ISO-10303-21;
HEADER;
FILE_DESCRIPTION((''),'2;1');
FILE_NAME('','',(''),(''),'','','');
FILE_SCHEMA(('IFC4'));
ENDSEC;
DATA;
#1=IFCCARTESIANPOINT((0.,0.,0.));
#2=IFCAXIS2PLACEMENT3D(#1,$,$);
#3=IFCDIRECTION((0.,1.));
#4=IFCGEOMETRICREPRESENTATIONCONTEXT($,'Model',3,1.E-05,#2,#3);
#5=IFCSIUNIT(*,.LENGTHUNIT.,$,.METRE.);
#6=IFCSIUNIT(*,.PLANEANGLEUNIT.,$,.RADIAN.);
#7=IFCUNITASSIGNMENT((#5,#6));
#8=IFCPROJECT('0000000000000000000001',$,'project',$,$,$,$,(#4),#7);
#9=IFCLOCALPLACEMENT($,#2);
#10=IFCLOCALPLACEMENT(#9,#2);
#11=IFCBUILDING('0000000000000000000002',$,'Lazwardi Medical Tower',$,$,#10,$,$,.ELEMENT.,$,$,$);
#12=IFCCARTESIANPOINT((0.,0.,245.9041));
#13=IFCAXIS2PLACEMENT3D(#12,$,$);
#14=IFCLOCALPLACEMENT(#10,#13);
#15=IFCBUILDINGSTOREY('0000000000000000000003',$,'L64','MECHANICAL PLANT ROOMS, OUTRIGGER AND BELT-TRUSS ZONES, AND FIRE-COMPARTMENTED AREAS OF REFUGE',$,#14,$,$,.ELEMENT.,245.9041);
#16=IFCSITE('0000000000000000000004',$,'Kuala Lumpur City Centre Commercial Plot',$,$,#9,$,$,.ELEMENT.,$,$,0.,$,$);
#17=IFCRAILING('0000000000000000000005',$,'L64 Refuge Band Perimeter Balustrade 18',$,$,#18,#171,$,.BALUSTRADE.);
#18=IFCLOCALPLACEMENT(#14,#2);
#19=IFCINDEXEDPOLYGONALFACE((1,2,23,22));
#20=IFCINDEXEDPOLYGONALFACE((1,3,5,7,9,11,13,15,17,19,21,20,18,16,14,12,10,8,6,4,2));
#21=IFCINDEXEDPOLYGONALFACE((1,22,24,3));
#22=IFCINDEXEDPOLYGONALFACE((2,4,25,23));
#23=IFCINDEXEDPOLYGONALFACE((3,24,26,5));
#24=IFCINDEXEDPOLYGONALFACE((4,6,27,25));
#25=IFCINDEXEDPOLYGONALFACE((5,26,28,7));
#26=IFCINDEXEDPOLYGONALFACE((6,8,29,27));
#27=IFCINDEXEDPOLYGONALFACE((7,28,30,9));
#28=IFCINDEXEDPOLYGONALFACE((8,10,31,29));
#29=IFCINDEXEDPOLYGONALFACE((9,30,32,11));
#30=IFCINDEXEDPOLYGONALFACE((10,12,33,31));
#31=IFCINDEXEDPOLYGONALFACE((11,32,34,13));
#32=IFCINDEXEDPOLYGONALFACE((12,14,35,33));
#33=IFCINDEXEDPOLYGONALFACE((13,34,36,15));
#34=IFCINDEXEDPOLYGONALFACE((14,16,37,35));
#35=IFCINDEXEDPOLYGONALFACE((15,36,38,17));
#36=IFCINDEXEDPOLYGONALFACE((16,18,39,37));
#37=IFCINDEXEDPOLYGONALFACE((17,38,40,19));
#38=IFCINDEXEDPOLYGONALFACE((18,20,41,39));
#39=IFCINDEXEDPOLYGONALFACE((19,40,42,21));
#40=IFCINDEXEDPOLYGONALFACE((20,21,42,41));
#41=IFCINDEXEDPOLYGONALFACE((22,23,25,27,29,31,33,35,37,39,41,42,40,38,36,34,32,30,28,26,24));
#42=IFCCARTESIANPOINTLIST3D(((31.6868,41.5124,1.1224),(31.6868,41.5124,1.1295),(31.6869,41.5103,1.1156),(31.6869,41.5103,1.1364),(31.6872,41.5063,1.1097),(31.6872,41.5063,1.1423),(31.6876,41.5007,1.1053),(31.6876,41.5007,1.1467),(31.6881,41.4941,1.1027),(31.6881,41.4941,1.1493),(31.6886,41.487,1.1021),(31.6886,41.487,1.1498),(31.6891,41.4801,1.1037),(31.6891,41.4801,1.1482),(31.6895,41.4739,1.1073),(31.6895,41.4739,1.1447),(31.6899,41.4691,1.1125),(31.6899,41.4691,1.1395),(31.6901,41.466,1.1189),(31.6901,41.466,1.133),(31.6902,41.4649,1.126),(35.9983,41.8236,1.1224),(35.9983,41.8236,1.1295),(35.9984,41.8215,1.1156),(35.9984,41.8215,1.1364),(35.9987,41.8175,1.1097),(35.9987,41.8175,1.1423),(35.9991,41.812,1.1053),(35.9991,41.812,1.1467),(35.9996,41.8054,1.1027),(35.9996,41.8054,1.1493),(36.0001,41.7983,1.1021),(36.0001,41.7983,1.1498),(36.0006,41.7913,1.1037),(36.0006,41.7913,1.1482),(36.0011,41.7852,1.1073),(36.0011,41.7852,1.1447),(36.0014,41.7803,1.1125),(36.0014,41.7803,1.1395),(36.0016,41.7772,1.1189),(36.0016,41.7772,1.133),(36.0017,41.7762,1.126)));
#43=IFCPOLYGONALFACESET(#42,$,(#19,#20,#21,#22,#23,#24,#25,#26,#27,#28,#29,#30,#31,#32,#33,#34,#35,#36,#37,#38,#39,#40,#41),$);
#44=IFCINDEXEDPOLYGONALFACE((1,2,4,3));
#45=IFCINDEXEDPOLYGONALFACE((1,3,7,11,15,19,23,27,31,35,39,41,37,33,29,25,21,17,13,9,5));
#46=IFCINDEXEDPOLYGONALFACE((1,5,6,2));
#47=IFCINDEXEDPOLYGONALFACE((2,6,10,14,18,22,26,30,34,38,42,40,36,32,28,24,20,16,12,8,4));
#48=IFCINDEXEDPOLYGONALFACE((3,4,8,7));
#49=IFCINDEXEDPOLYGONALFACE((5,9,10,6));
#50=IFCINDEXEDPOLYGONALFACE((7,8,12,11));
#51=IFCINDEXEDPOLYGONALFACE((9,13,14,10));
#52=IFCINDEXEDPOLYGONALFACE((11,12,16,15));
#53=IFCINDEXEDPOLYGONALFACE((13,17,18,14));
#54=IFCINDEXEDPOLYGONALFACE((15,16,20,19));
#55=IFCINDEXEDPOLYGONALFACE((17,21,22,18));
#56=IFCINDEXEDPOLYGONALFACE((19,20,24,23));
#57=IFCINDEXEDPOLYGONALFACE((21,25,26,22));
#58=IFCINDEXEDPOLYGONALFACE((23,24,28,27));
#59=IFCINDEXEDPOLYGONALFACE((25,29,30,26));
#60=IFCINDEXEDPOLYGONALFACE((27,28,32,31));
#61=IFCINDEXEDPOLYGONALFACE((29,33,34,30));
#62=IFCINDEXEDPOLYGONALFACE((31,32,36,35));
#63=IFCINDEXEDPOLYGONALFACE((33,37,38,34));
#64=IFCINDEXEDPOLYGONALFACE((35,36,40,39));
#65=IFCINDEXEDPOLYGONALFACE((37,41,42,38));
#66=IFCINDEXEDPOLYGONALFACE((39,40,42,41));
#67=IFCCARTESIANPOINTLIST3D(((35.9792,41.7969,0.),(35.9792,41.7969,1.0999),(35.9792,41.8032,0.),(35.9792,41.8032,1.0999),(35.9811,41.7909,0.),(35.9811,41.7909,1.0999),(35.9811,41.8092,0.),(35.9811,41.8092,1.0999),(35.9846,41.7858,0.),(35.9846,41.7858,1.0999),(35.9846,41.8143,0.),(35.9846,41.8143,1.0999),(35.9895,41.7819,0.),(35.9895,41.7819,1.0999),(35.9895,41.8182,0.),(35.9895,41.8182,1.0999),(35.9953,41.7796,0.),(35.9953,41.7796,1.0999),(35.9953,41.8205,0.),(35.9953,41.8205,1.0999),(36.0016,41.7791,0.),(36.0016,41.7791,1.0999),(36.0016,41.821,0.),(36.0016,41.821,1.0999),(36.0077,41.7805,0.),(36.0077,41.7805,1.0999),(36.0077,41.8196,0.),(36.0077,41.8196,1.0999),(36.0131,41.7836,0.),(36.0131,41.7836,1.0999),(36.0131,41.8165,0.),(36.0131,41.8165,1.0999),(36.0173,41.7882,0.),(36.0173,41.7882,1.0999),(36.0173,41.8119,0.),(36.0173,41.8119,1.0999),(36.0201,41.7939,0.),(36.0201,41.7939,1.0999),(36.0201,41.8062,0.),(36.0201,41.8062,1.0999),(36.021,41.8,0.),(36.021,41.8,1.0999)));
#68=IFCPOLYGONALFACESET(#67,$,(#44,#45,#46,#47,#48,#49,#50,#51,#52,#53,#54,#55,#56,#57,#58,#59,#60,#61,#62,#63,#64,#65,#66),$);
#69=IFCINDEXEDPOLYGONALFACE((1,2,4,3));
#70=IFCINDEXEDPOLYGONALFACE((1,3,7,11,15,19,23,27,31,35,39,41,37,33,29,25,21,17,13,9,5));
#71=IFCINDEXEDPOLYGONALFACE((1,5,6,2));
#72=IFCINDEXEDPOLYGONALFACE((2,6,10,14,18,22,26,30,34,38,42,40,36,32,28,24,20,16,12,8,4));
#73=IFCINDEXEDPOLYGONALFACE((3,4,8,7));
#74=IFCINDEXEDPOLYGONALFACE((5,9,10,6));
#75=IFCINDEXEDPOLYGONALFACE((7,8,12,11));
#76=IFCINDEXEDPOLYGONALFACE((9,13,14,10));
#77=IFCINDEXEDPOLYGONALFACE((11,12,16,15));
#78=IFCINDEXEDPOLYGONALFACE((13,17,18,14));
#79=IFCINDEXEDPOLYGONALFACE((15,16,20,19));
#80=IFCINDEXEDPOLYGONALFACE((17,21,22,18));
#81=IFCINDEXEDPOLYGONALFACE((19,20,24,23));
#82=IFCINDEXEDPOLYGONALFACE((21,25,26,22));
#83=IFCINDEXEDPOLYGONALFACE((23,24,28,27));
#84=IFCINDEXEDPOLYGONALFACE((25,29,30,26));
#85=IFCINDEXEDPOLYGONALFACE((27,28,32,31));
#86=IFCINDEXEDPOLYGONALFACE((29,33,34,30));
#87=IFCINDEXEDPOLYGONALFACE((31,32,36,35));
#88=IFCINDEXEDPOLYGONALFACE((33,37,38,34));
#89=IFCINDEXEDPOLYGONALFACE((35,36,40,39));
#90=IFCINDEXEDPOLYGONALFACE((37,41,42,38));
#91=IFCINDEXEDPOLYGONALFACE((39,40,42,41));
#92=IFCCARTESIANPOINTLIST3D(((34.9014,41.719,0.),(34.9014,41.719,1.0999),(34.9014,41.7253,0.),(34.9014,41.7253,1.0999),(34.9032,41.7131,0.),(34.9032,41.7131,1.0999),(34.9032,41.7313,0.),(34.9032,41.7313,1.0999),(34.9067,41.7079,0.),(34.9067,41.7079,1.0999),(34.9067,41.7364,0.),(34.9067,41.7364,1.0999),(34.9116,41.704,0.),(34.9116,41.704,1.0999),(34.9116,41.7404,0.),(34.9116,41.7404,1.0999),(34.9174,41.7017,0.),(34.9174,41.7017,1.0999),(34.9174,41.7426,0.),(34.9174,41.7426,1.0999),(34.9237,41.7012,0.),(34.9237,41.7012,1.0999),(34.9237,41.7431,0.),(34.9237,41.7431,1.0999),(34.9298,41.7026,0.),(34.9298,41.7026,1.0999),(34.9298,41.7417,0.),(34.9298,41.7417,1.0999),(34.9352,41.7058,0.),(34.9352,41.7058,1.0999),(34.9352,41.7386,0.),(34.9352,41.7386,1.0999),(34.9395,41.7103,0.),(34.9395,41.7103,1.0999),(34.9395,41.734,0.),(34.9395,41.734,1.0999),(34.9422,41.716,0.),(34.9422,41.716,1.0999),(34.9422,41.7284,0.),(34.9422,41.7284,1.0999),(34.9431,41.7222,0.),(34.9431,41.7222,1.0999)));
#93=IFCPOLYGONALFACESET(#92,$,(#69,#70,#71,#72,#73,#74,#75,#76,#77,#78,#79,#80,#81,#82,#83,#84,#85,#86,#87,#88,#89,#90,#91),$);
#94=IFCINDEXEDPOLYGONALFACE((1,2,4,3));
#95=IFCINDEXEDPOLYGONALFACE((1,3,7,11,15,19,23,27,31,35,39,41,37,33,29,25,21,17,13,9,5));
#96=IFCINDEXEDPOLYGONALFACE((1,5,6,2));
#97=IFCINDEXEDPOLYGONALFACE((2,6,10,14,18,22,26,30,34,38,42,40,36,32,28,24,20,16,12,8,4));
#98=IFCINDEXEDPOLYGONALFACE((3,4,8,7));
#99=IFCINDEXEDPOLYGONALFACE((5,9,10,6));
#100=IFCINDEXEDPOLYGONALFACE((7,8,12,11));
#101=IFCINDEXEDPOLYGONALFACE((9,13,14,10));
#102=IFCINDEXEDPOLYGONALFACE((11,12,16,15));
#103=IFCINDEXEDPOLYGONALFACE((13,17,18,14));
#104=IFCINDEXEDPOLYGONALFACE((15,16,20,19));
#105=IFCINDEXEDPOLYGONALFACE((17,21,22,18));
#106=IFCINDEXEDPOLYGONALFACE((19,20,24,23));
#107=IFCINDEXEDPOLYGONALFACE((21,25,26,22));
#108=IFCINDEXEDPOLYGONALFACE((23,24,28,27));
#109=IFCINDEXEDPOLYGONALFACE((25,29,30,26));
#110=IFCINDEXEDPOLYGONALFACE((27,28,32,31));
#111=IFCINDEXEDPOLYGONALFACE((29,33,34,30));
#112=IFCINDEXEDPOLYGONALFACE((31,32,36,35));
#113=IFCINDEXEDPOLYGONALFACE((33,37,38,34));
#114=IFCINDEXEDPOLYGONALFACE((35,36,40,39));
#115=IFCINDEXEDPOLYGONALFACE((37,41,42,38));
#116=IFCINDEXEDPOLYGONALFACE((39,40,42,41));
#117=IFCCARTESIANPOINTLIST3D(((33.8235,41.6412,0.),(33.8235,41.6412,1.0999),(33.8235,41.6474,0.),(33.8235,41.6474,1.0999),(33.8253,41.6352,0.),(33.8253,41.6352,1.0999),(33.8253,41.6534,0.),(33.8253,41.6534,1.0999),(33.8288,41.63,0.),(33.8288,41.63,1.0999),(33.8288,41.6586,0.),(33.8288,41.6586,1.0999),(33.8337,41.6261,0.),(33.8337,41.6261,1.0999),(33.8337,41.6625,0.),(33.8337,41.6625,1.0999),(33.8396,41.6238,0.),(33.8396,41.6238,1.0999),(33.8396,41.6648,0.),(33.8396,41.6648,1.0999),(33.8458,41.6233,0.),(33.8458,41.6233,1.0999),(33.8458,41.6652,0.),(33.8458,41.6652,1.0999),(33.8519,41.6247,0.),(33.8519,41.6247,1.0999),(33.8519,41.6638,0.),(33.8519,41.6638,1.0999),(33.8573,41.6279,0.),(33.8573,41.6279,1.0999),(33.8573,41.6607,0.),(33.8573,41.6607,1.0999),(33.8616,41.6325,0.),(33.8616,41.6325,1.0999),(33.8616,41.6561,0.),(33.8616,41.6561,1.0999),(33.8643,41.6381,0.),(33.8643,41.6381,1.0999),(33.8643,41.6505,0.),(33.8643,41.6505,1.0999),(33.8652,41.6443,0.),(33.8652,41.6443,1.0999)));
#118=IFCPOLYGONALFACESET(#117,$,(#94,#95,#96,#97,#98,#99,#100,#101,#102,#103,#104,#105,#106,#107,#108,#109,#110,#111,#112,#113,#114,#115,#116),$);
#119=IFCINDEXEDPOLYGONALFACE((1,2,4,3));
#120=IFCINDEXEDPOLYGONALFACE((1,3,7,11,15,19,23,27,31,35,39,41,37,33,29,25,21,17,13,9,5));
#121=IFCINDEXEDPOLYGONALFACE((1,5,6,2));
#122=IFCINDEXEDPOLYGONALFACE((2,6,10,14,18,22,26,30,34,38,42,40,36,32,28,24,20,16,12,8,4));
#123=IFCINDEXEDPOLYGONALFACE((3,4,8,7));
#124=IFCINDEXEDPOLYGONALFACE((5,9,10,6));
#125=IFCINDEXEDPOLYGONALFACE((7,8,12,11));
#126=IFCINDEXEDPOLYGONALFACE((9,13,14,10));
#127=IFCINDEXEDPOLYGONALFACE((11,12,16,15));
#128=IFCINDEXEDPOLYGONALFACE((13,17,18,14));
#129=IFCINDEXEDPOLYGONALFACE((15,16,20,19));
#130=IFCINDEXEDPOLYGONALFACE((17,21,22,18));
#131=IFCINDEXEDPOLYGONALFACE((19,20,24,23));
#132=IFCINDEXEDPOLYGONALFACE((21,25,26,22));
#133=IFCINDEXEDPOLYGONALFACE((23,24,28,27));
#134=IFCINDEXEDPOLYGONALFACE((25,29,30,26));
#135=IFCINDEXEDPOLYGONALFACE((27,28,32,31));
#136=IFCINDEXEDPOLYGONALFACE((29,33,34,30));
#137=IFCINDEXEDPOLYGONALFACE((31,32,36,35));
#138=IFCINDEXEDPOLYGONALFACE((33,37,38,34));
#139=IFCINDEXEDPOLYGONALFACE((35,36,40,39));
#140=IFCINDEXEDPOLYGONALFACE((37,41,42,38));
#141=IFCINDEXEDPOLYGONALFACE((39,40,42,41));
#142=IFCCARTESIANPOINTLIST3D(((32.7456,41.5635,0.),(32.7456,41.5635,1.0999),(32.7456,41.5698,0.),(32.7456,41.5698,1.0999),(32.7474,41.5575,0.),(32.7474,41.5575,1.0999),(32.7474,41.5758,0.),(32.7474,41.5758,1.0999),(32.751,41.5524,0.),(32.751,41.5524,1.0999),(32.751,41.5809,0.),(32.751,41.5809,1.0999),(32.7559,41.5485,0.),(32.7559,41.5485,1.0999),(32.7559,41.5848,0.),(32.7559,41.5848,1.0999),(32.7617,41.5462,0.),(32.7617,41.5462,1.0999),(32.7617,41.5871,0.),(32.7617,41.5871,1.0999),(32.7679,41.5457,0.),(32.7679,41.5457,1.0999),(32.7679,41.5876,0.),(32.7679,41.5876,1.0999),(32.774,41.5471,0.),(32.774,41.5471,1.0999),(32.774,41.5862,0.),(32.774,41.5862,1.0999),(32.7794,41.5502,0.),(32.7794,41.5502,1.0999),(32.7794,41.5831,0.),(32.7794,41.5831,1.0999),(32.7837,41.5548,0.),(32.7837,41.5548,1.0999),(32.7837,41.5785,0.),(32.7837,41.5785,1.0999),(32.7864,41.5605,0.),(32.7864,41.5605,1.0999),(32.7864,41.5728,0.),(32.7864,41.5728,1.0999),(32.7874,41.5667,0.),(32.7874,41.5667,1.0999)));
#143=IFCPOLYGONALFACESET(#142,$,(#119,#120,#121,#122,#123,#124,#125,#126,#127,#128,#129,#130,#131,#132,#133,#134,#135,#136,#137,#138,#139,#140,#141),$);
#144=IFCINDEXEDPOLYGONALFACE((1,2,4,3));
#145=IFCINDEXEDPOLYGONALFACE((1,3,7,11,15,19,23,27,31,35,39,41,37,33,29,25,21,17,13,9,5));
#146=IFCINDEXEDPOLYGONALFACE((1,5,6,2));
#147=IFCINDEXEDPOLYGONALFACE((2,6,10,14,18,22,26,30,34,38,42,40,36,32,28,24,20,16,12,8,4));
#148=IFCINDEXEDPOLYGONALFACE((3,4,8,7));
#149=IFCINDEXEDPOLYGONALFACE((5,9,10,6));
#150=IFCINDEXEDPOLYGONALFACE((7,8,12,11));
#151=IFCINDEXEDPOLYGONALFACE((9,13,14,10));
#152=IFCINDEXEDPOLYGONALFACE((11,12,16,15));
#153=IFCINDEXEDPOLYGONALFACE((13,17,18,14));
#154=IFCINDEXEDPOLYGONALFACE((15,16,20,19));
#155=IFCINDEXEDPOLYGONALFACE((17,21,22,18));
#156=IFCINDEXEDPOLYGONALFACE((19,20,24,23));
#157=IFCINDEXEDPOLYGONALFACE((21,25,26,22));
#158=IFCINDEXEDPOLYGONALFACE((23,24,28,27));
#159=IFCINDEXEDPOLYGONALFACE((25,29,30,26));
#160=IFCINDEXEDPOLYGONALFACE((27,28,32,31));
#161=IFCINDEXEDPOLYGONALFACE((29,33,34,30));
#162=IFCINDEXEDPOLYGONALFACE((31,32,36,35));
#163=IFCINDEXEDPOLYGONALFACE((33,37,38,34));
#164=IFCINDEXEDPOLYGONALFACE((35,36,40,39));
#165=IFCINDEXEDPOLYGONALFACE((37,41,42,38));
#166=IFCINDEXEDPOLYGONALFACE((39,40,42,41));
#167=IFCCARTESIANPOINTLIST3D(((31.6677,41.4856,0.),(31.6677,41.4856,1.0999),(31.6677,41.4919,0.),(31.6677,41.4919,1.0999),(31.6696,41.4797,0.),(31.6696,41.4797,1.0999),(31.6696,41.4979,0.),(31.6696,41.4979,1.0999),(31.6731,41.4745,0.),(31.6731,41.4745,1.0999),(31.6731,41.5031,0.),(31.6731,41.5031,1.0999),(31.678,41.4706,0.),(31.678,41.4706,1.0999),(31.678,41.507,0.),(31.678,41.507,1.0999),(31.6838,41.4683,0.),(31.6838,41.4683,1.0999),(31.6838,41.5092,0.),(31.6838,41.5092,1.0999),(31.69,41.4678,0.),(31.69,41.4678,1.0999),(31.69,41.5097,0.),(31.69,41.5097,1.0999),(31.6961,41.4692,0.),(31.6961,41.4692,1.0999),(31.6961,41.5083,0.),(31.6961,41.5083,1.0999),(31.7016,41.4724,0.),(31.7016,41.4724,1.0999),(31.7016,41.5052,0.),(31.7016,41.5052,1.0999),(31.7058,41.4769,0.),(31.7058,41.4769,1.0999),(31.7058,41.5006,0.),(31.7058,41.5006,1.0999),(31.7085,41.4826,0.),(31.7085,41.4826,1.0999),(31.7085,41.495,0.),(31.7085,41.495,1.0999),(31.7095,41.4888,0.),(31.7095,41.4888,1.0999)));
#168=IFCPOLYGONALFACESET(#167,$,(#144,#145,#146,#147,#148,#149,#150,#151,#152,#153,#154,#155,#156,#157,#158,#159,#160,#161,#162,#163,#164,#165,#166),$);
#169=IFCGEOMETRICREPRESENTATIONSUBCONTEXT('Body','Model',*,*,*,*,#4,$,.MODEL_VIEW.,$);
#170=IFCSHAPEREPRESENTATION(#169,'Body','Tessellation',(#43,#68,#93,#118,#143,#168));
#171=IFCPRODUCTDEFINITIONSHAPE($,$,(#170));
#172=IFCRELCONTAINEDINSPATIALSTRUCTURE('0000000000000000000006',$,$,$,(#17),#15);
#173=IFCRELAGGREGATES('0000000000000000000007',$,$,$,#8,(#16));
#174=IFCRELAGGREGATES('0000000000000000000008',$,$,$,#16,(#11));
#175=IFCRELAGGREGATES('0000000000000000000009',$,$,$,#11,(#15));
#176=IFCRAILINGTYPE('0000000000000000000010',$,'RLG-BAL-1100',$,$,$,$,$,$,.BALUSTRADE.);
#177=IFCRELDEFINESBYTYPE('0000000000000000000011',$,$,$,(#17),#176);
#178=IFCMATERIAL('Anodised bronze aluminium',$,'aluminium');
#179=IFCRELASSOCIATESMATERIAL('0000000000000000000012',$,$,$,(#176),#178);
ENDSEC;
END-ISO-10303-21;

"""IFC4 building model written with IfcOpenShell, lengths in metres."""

from ifc_helpers import new_model, si_unit, direction, frame, origin, origin_2d, place, context, subcontext, project, spatial, circle, extrude, material, type_object, element, save


model = new_model("IFC4")

# Units and contexts
model_context = context("Model", 3, precision=1e-05, world=origin(), true_north=direction((0.0, 1.0)))
body_context = subcontext(model_context, "Body", "Model", "MODEL_VIEW")
ifc_project = project(units=[si_unit("LENGTHUNIT", "METRE"), si_unit("PLANEANGLEUNIT", "RADIAN")], contexts=[model_context])

# Site, building, storey
site_placement = place(None, origin())
site = spatial("IfcSite", under=ifc_project, at=site_placement, Name="Kuala Lumpur City Centre Commercial Plot", CompositionType="ELEMENT", RefElevation=0.0)
building_placement = place(site_placement, origin())
building = spatial("IfcBuilding", under=site, at=building_placement, Name="Lazwardi Medical Tower", CompositionType="ELEMENT")
storey_placement = place(building_placement, frame((0.0, 0.0, 245.9041)))
storey = spatial("IfcBuildingStorey", under=building, at=storey_placement, Name="L64", Description="MECHANICAL PLANT ROOMS, OUTRIGGER AND BELT-TRUSS ZONES, AND FIRE-COMPARTMENTED AREAS OF REFUGE", CompositionType="ELEMENT", Elevation=245.9041)

# Railing
ifc_material_1 = material(Name="Anodised bronze aluminium", Category="aluminium")
railing_type = type_object("IfcRailingType", Name="RLG-BAL-1100", PredefinedType="BALUSTRADE", material=ifc_material_1)
railing_1_placement = place(storey_placement, frame((36.0, 41.8, 0.0)))
element("IfcRailing", 1, at=railing_1_placement, inside=storey, type_object=railing_type, Name="L64 Refuge Band Perimeter Balustrade 18", PredefinedType="BALUSTRADE", context=body_context, shape_type="SweptSolid", body=[
    extrude(circle(Radius=0.0239, at=origin_2d()), frame((0.0, 0.0, 1.126), z_axis=(-0.997404, -0.07201, 0.0), x_axis=(0.07201, -0.997404, 0.0)), (0.0, 0.0, 1.0), 4.3228),
    extrude(circle(Radius=0.021, at=origin_2d()), origin(), (0.0, 0.0, 1.0), 1.0999),
    extrude(circle(Radius=0.021, at=origin_2d()), frame((-1.0779, -0.0779, 0.0)), (0.0, 0.0, 1.0), 1.0999),
    extrude(circle(Radius=0.021, at=origin_2d()), frame((-2.1558, -0.1558, 0.0)), (0.0, 0.0, 1.0), 1.0999),
    extrude(circle(Radius=0.021, at=origin_2d()), frame((-3.2336, -0.2334, 0.0)), (0.0, 0.0, 1.0), 1.0999),
    extrude(circle(Radius=0.021, at=origin_2d()), frame((-4.3115, -0.3113, 0.0)), (0.0, 0.0, 1.0), 1.0999),
])

save(model, "model.ifc")
